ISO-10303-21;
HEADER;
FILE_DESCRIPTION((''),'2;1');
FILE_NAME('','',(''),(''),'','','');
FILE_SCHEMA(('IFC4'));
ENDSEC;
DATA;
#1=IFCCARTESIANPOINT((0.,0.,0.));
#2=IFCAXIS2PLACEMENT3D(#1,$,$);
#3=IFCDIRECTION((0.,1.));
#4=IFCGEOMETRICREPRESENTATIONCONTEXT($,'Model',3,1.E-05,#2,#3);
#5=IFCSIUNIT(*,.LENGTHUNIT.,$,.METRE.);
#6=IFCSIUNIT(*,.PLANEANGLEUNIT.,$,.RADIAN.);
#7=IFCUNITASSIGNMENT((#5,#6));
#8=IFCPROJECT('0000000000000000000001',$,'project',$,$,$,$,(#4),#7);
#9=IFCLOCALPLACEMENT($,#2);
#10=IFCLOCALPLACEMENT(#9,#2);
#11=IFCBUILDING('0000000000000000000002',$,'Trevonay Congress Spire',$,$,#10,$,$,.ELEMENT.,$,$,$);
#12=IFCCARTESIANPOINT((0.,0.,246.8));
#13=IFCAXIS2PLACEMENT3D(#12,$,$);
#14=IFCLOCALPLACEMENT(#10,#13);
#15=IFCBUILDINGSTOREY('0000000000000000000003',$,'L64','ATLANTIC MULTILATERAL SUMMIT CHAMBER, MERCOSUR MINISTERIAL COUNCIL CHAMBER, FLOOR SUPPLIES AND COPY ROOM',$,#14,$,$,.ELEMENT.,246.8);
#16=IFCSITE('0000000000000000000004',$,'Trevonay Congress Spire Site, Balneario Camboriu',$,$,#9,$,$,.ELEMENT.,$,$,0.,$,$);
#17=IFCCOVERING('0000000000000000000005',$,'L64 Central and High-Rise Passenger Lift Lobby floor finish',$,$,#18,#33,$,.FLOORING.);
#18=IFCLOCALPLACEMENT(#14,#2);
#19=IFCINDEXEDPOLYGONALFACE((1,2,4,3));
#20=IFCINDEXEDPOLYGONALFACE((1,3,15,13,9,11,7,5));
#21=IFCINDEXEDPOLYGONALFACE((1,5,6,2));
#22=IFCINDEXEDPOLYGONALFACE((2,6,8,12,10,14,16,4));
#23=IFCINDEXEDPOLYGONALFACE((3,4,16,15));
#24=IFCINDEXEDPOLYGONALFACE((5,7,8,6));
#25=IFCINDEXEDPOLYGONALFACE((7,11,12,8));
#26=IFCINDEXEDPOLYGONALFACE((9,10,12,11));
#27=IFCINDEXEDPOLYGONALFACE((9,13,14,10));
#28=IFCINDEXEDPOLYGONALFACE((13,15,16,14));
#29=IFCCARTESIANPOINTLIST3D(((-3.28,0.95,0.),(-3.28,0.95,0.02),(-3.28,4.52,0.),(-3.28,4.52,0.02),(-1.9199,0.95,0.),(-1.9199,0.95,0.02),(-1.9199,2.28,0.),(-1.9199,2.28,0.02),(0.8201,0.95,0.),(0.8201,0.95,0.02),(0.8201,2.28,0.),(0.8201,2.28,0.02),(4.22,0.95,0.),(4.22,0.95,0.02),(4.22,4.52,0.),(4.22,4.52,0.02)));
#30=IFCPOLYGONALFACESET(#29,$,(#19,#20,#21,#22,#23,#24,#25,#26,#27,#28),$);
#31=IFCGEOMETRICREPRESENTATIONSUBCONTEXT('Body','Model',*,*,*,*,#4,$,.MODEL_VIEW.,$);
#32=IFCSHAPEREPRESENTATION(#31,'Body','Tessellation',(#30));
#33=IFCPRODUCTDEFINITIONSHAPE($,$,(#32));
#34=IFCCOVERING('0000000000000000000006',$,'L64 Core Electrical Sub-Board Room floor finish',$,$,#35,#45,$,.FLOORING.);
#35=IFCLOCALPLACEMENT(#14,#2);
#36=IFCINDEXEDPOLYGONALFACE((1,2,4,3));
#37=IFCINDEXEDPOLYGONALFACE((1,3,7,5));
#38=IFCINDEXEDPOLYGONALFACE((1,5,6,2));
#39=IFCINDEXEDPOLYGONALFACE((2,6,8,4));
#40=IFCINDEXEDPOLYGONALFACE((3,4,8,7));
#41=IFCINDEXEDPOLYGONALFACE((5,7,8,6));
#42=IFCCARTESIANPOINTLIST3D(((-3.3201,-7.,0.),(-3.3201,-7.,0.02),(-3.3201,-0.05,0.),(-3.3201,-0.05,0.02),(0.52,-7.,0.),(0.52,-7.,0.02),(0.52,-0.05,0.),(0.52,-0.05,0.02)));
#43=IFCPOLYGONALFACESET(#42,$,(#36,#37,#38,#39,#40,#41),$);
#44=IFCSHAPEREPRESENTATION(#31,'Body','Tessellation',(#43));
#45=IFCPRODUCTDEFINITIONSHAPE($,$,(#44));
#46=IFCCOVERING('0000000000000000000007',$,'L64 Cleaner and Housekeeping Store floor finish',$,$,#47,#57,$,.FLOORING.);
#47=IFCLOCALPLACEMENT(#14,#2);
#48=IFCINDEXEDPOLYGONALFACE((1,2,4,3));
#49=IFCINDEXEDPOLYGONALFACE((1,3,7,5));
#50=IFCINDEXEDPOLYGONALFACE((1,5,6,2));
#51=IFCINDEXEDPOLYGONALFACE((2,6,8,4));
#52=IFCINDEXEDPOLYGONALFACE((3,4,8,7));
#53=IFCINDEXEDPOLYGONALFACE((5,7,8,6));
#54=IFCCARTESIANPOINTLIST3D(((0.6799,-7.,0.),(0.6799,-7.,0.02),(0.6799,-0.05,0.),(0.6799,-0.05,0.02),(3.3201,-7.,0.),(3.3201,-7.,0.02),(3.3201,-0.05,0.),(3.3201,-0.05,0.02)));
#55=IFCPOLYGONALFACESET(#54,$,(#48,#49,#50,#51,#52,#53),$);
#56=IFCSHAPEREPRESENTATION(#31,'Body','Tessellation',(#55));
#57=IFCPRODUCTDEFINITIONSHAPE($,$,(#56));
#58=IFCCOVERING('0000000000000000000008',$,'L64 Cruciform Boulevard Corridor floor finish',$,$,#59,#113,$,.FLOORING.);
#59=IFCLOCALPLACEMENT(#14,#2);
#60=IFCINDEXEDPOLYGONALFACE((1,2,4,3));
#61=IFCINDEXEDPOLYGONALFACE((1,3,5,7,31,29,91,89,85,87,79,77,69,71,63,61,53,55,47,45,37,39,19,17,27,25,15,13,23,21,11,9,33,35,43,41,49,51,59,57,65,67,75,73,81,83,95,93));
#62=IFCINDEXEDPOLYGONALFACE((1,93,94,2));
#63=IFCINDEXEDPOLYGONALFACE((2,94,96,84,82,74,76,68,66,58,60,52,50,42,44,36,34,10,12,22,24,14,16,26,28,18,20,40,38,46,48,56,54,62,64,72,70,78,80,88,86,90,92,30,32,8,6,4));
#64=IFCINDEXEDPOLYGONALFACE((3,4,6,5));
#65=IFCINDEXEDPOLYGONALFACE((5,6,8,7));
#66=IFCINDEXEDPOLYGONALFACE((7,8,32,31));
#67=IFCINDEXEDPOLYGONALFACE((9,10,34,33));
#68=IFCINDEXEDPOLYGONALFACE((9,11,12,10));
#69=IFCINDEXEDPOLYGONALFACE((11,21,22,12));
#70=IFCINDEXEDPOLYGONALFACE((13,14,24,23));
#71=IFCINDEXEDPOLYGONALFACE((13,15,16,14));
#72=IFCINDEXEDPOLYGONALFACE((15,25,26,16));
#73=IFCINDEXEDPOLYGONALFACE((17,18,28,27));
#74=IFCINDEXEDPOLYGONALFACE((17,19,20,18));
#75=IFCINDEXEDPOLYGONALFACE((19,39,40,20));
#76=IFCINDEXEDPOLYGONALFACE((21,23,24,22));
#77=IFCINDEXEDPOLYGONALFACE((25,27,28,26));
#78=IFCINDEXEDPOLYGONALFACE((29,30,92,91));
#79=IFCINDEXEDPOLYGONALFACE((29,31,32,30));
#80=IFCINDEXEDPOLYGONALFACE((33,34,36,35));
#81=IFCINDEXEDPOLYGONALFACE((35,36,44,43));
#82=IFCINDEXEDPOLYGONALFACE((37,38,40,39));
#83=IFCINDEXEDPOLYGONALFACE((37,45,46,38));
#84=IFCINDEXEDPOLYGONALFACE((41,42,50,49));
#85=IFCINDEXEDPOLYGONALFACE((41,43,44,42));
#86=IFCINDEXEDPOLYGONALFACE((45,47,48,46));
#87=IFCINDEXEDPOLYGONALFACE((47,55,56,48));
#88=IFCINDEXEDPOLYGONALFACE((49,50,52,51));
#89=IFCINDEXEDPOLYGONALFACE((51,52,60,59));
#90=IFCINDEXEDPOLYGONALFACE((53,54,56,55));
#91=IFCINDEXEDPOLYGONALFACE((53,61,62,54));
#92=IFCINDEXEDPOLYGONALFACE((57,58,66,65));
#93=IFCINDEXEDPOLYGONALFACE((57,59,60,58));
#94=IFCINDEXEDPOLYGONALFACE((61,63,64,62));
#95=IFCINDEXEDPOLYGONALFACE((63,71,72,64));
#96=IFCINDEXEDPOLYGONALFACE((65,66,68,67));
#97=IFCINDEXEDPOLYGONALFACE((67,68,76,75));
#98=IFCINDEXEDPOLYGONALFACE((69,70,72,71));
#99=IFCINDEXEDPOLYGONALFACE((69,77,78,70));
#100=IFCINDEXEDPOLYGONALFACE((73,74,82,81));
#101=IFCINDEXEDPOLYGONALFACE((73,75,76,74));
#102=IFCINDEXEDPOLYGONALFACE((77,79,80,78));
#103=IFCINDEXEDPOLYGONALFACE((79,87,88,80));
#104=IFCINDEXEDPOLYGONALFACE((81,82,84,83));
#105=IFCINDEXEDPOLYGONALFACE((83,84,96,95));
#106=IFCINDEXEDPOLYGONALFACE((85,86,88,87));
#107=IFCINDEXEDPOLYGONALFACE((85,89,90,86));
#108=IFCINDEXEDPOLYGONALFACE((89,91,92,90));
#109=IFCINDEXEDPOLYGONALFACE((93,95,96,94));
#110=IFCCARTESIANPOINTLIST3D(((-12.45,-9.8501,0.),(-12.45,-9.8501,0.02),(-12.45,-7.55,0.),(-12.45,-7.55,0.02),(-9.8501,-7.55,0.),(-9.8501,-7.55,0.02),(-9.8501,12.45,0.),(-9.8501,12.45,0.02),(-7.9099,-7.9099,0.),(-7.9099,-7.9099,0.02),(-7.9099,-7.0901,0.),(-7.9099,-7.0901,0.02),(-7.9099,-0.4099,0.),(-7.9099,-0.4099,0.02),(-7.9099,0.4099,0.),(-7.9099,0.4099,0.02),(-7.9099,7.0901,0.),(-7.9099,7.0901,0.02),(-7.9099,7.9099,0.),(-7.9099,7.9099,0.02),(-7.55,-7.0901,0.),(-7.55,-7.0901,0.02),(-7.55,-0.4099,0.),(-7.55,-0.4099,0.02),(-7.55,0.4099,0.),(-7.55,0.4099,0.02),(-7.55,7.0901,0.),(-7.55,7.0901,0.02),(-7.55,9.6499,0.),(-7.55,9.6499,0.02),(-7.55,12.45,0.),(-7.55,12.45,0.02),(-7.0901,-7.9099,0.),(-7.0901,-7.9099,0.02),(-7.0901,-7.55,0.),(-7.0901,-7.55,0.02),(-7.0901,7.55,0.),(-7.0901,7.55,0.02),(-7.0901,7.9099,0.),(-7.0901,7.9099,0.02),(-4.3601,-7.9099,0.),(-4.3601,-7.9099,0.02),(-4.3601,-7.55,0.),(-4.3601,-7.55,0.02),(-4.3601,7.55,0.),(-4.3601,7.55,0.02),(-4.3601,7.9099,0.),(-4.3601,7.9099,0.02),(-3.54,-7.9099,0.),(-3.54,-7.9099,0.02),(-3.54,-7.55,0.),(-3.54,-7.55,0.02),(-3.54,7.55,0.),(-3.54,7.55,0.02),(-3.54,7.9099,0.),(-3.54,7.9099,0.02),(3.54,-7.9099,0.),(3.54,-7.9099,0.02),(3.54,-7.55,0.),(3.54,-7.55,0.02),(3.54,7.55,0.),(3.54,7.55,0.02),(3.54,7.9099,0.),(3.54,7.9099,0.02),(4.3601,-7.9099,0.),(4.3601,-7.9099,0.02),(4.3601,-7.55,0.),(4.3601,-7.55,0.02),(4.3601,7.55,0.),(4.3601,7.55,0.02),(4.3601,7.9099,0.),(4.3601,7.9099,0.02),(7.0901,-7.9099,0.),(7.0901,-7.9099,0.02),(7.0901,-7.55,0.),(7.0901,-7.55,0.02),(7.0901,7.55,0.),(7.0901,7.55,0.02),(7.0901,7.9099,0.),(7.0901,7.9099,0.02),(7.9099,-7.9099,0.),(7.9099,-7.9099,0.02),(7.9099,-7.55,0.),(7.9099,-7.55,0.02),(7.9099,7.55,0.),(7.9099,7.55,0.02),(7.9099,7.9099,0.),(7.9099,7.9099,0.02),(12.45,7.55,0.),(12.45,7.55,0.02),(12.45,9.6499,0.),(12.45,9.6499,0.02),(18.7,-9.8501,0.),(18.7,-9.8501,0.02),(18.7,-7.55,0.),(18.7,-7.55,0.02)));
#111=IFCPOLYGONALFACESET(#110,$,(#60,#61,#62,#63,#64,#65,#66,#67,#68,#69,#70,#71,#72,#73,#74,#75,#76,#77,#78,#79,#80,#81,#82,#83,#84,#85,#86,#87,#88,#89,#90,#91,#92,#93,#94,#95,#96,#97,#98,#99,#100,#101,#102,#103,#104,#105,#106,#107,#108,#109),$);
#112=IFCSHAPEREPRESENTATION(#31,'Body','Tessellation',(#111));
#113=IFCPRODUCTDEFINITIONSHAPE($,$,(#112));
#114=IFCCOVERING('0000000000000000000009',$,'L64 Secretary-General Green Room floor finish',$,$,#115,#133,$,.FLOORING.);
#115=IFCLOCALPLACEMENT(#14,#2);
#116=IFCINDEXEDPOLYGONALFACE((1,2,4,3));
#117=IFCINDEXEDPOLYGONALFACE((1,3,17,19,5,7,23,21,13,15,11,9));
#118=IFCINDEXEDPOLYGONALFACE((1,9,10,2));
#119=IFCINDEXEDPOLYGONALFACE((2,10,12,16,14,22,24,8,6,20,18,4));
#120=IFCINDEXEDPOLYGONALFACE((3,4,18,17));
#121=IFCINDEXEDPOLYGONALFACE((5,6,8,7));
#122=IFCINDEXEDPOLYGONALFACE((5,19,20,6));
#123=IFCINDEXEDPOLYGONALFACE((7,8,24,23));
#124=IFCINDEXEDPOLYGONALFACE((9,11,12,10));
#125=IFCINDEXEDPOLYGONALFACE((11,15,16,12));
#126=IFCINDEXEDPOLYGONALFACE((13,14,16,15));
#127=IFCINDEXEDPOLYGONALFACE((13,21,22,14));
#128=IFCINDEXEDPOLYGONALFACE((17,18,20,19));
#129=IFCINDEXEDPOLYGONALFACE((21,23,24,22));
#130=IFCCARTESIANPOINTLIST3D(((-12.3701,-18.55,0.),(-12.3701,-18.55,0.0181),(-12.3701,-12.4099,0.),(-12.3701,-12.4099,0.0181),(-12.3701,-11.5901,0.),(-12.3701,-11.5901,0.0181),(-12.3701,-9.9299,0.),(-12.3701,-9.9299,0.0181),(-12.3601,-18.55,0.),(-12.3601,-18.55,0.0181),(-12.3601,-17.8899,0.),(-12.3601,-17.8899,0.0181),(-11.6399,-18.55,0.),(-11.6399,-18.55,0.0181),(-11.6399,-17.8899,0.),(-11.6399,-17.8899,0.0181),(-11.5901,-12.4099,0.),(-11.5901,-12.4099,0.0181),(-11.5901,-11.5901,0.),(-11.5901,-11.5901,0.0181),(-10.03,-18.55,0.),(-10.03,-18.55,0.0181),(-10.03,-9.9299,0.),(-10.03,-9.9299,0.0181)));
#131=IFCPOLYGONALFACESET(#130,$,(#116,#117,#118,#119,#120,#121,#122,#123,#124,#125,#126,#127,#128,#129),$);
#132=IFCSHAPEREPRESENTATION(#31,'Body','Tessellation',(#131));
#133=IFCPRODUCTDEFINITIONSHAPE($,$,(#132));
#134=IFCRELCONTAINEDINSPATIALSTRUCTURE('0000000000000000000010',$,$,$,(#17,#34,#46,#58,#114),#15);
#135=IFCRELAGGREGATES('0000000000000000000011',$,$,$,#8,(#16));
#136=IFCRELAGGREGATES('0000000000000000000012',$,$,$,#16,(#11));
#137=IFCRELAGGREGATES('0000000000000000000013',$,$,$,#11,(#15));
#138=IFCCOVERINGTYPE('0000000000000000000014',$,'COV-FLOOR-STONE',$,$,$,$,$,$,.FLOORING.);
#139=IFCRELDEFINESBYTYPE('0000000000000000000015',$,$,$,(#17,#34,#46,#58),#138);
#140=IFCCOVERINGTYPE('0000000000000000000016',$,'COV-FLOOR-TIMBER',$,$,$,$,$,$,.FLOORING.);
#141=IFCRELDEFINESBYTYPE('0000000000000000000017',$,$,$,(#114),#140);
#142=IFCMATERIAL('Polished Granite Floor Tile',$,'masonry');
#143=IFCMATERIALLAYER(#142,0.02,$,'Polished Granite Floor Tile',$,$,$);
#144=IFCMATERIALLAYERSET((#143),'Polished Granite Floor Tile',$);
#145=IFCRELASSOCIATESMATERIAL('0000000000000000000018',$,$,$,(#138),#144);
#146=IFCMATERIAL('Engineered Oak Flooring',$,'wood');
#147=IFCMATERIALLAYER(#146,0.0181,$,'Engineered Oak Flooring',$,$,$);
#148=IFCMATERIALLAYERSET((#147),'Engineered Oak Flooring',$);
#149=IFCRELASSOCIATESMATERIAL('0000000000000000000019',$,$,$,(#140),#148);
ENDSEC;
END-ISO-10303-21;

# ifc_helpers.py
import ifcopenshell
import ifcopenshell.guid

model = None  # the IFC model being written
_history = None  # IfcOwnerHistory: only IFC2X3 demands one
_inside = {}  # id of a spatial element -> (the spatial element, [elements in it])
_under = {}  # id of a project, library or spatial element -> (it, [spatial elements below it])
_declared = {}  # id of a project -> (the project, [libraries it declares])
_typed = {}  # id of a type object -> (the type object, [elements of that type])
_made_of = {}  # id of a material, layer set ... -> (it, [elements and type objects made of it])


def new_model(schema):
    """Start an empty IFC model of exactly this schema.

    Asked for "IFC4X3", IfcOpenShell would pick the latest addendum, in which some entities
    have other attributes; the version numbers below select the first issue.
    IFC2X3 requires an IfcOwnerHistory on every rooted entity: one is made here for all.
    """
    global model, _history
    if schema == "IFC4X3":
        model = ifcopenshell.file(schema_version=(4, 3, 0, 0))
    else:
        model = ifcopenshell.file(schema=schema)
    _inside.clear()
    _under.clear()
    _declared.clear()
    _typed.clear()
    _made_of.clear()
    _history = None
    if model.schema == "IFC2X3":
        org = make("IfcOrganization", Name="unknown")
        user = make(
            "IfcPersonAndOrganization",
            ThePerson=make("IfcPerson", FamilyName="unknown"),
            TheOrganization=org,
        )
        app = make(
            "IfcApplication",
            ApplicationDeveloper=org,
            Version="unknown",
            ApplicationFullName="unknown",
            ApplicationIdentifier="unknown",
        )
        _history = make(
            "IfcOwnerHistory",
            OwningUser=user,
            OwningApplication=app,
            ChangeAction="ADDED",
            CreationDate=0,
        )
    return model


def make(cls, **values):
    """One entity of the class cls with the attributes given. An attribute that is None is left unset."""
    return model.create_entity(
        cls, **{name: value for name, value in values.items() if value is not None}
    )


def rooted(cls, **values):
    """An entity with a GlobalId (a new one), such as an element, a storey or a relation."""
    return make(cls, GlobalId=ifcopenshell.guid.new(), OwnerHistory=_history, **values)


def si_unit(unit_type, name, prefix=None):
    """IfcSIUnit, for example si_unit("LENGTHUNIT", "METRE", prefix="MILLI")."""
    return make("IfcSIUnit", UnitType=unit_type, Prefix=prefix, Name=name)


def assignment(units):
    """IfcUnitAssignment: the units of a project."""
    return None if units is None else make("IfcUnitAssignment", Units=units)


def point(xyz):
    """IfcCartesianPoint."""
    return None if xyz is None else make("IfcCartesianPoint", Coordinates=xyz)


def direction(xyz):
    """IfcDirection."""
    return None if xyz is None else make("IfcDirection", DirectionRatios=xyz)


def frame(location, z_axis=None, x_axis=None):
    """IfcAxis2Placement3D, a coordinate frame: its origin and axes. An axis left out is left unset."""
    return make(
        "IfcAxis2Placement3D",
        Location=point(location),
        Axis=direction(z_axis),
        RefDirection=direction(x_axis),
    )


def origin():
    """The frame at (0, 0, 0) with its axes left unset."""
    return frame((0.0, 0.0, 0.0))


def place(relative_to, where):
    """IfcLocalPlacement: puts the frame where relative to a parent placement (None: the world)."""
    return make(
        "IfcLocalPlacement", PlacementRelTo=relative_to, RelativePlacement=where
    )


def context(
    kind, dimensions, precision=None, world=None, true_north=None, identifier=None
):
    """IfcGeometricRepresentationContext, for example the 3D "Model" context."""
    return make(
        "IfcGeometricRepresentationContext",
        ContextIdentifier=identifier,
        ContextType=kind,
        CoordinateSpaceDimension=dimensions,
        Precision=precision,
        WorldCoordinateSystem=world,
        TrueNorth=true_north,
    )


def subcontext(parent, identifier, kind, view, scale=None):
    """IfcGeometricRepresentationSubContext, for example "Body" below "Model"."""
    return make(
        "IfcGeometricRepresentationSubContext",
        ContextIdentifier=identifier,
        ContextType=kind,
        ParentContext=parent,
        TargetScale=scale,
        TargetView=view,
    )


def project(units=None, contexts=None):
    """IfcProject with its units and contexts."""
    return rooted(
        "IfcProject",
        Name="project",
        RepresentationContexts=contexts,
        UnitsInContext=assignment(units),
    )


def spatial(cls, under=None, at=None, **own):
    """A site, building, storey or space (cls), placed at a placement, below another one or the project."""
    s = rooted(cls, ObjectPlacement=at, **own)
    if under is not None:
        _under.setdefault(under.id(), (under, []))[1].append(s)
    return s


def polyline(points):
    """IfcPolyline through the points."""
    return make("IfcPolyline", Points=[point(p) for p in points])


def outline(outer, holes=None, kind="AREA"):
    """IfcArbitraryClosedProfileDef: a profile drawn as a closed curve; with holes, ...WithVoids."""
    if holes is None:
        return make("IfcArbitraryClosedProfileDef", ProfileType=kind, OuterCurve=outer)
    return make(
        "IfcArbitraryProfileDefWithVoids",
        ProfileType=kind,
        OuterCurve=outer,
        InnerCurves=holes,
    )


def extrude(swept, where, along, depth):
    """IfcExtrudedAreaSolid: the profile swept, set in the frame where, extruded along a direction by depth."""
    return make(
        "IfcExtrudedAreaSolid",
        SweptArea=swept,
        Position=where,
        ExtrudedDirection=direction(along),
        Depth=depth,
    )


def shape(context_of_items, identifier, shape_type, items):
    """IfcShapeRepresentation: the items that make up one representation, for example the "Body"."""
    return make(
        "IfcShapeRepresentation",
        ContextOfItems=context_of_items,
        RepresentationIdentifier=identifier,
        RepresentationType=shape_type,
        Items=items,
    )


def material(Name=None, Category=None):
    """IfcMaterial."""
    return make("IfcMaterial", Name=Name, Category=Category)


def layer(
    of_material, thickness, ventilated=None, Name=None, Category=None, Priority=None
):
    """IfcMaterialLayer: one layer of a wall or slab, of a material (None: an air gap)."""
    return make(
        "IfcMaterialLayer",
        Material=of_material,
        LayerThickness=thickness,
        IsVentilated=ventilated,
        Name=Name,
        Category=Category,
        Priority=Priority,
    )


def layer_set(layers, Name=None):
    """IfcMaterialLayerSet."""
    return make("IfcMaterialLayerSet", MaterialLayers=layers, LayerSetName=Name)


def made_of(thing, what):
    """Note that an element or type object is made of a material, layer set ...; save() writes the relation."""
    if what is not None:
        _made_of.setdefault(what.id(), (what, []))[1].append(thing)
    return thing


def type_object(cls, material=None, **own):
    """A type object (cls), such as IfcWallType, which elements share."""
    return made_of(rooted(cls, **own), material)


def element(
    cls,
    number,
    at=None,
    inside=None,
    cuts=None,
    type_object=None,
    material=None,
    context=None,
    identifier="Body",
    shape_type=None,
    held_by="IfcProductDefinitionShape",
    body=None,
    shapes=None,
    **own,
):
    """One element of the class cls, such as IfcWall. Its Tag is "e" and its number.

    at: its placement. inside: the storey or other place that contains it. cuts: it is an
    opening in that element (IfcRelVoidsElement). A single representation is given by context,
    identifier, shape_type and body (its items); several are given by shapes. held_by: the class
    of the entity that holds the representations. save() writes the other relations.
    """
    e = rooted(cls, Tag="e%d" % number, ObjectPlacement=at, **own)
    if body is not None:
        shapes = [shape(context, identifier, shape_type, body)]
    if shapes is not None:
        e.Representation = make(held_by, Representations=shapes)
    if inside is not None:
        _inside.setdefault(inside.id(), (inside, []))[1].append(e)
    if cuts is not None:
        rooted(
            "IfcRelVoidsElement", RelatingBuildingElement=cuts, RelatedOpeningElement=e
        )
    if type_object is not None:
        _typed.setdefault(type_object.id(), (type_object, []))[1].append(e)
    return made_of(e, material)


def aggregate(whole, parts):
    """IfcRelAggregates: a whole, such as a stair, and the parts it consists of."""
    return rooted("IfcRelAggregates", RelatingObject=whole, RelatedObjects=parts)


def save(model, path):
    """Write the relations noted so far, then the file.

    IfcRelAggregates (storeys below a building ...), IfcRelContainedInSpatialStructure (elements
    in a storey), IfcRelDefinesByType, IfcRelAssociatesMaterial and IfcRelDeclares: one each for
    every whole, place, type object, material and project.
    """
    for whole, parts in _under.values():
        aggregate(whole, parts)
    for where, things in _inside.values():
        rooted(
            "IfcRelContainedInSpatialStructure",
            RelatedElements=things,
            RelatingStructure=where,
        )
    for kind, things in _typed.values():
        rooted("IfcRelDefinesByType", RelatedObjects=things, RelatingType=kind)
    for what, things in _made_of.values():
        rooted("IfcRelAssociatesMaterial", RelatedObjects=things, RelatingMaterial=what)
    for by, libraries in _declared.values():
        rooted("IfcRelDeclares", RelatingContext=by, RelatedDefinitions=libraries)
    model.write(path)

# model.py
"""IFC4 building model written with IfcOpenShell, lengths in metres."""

from ifc_helpers import new_model, si_unit, direction, frame, origin, place, context, subcontext, project, spatial, polyline, outline, extrude, material, layer, layer_set, type_object, element, save


model = new_model("IFC4")

# Units and contexts
model_context = context("Model", 3, precision=1e-05, world=origin(), true_north=direction((0.0, 1.0)))
body_context = subcontext(model_context, "Body", "Model", "MODEL_VIEW")
ifc_project = project(units=[si_unit("LENGTHUNIT", "METRE"), si_unit("PLANEANGLEUNIT", "RADIAN")], contexts=[model_context])

# Site, building, storey
site_placement = place(None, origin())
site = spatial("IfcSite", under=ifc_project, at=site_placement, Name="Trevonay Congress Spire Site, Balneario Camboriu", CompositionType="ELEMENT", RefElevation=0.0)
building_placement = place(site_placement, origin())
building = spatial("IfcBuilding", under=site, at=building_placement, Name="Trevonay Congress Spire", CompositionType="ELEMENT")
storey_placement = place(building_placement, frame((0.0, 0.0, 246.8)))
storey = spatial("IfcBuildingStorey", under=building, at=storey_placement, Name="L64", Description="ATLANTIC MULTILATERAL SUMMIT CHAMBER, MERCOSUR MINISTERIAL COUNCIL CHAMBER, FLOOR SUPPLIES AND COPY ROOM", CompositionType="ELEMENT", Elevation=246.8)

# Coverings
ifc_material_1 = material(Name="Polished Granite Floor Tile", Category="masonry")
ifc_layer_1 = layer(ifc_material_1, 0.02, Name="Polished Granite Floor Tile")
ifc_layer_set_1 = layer_set([ifc_layer_1], Name="Polished Granite Floor Tile")
covering_type_1 = type_object("IfcCoveringType", Name="COV-FLOOR-STONE", PredefinedType="FLOORING", material=ifc_layer_set_1)
covering_1_placement = place(storey_placement, origin())
element("IfcCovering", 1, at=covering_1_placement, inside=storey, type_object=covering_type_1, Name="L64 Central and High-Rise Passenger Lift Lobby floor finish", PredefinedType="FLOORING", context=body_context, shape_type="SweptSolid", body=[
    extrude(outline(polyline([(-3.28, 0.95), (-1.9199, 0.95), (-1.9199, 2.28), (0.8201, 2.28), (0.8201, 0.95), (4.22, 0.95), (4.22, 4.52), (-3.28, 4.52), (-3.28, 0.95)])), origin(), (0.0, 0.0, 1.0), 0.02),
])
covering_2_placement = place(storey_placement, origin())
element("IfcCovering", 2, at=covering_2_placement, inside=storey, type_object=covering_type_1, Name="L64 Core Electrical Sub-Board Room floor finish", PredefinedType="FLOORING", context=body_context, shape_type="SweptSolid", body=[
    extrude(outline(polyline([(-3.3201, -7.0), (0.52, -7.0), (0.52, -0.05), (-3.3201, -0.05), (-3.3201, -7.0)])), origin(), (0.0, 0.0, 1.0), 0.02),
])
covering_3_placement = place(storey_placement, origin())
element("IfcCovering", 3, at=covering_3_placement, inside=storey, type_object=covering_type_1, Name="L64 Cleaner and Housekeeping Store floor finish", PredefinedType="FLOORING", context=body_context, shape_type="SweptSolid", body=[
    extrude(outline(polyline([(0.6799, -7.0), (3.3201, -7.0), (3.3201, -0.05), (0.6799, -0.05), (0.6799, -7.0)])), origin(), (0.0, 0.0, 1.0), 0.02),
])
covering_4_placement = place(storey_placement, origin())
element("IfcCovering", 4, at=covering_4_placement, inside=storey, type_object=covering_type_1, Name="L64 Cruciform Boulevard Corridor floor finish", PredefinedType="FLOORING", context=body_context, shape_type="SweptSolid", body=[
    extrude(outline(polyline([(18.7, -7.55), (18.7, -9.8501), (-12.45, -9.8501), (-12.45, -7.55), (-9.8501, -7.55), (-9.8501, 12.45), (-7.55, 12.45), (-7.55, 9.6499), (12.45, 9.6499), (12.45, 7.55), (7.9099, 7.55), (7.9099, 7.9099), (7.0901, 7.9099), (7.0901, 7.55), (4.3601, 7.55), (4.3601, 7.9099), (3.54, 7.9099), (3.54, 7.55), (-3.54, 7.55), (-3.54, 7.9099), (-4.3601, 7.9099), (-4.3601, 7.55), (-7.0901, 7.55), (-7.0901, 7.9099), (-7.9099, 7.9099), (-7.9099, 7.0901), (-7.55, 7.0901), (-7.55, 0.4099), (-7.9099, 0.4099), (-7.9099, -0.4099), (-7.55, -0.4099), (-7.55, -7.0901), (-7.9099, -7.0901), (-7.9099, -7.9099), (-7.0901, -7.9099), (-7.0901, -7.55), (-4.3601, -7.55), (-4.3601, -7.9099), (-3.54, -7.9099), (-3.54, -7.55), (3.54, -7.55), (3.54, -7.9099), (4.3601, -7.9099), (4.3601, -7.55), (7.0901, -7.55), (7.0901, -7.9099), (7.9099, -7.9099), (7.9099, -7.55), (18.7, -7.55)])), origin(), (0.0, 0.0, 1.0), 0.02),
])
ifc_material_2 = material(Name="Engineered Oak Flooring", Category="wood")
ifc_layer_2 = layer(ifc_material_2, 0.0181, Name="Engineered Oak Flooring")
ifc_layer_set_2 = layer_set([ifc_layer_2], Name="Engineered Oak Flooring")
covering_type_2 = type_object("IfcCoveringType", Name="COV-FLOOR-TIMBER", PredefinedType="FLOORING", material=ifc_layer_set_2)
covering_5_placement = place(storey_placement, origin())
element("IfcCovering", 5, at=covering_5_placement, inside=storey, type_object=covering_type_2, Name="L64 Secretary-General Green Room floor finish", PredefinedType="FLOORING", context=body_context, shape_type="SweptSolid", body=[
    extrude(outline(polyline([(-12.3701, -18.55), (-12.3701, -12.4099), (-11.5901, -12.4099), (-11.5901, -11.5901), (-12.3701, -11.5901), (-12.3701, -9.9299), (-10.03, -9.9299), (-10.03, -18.55), (-11.6399, -18.55), (-11.6399, -17.8899), (-12.3601, -17.8899), (-12.3601, -18.55), (-12.3701, -18.55)])), origin(), (0.0, 0.0, 1.0), 0.0181),
])

save(model, "model.ifc")
